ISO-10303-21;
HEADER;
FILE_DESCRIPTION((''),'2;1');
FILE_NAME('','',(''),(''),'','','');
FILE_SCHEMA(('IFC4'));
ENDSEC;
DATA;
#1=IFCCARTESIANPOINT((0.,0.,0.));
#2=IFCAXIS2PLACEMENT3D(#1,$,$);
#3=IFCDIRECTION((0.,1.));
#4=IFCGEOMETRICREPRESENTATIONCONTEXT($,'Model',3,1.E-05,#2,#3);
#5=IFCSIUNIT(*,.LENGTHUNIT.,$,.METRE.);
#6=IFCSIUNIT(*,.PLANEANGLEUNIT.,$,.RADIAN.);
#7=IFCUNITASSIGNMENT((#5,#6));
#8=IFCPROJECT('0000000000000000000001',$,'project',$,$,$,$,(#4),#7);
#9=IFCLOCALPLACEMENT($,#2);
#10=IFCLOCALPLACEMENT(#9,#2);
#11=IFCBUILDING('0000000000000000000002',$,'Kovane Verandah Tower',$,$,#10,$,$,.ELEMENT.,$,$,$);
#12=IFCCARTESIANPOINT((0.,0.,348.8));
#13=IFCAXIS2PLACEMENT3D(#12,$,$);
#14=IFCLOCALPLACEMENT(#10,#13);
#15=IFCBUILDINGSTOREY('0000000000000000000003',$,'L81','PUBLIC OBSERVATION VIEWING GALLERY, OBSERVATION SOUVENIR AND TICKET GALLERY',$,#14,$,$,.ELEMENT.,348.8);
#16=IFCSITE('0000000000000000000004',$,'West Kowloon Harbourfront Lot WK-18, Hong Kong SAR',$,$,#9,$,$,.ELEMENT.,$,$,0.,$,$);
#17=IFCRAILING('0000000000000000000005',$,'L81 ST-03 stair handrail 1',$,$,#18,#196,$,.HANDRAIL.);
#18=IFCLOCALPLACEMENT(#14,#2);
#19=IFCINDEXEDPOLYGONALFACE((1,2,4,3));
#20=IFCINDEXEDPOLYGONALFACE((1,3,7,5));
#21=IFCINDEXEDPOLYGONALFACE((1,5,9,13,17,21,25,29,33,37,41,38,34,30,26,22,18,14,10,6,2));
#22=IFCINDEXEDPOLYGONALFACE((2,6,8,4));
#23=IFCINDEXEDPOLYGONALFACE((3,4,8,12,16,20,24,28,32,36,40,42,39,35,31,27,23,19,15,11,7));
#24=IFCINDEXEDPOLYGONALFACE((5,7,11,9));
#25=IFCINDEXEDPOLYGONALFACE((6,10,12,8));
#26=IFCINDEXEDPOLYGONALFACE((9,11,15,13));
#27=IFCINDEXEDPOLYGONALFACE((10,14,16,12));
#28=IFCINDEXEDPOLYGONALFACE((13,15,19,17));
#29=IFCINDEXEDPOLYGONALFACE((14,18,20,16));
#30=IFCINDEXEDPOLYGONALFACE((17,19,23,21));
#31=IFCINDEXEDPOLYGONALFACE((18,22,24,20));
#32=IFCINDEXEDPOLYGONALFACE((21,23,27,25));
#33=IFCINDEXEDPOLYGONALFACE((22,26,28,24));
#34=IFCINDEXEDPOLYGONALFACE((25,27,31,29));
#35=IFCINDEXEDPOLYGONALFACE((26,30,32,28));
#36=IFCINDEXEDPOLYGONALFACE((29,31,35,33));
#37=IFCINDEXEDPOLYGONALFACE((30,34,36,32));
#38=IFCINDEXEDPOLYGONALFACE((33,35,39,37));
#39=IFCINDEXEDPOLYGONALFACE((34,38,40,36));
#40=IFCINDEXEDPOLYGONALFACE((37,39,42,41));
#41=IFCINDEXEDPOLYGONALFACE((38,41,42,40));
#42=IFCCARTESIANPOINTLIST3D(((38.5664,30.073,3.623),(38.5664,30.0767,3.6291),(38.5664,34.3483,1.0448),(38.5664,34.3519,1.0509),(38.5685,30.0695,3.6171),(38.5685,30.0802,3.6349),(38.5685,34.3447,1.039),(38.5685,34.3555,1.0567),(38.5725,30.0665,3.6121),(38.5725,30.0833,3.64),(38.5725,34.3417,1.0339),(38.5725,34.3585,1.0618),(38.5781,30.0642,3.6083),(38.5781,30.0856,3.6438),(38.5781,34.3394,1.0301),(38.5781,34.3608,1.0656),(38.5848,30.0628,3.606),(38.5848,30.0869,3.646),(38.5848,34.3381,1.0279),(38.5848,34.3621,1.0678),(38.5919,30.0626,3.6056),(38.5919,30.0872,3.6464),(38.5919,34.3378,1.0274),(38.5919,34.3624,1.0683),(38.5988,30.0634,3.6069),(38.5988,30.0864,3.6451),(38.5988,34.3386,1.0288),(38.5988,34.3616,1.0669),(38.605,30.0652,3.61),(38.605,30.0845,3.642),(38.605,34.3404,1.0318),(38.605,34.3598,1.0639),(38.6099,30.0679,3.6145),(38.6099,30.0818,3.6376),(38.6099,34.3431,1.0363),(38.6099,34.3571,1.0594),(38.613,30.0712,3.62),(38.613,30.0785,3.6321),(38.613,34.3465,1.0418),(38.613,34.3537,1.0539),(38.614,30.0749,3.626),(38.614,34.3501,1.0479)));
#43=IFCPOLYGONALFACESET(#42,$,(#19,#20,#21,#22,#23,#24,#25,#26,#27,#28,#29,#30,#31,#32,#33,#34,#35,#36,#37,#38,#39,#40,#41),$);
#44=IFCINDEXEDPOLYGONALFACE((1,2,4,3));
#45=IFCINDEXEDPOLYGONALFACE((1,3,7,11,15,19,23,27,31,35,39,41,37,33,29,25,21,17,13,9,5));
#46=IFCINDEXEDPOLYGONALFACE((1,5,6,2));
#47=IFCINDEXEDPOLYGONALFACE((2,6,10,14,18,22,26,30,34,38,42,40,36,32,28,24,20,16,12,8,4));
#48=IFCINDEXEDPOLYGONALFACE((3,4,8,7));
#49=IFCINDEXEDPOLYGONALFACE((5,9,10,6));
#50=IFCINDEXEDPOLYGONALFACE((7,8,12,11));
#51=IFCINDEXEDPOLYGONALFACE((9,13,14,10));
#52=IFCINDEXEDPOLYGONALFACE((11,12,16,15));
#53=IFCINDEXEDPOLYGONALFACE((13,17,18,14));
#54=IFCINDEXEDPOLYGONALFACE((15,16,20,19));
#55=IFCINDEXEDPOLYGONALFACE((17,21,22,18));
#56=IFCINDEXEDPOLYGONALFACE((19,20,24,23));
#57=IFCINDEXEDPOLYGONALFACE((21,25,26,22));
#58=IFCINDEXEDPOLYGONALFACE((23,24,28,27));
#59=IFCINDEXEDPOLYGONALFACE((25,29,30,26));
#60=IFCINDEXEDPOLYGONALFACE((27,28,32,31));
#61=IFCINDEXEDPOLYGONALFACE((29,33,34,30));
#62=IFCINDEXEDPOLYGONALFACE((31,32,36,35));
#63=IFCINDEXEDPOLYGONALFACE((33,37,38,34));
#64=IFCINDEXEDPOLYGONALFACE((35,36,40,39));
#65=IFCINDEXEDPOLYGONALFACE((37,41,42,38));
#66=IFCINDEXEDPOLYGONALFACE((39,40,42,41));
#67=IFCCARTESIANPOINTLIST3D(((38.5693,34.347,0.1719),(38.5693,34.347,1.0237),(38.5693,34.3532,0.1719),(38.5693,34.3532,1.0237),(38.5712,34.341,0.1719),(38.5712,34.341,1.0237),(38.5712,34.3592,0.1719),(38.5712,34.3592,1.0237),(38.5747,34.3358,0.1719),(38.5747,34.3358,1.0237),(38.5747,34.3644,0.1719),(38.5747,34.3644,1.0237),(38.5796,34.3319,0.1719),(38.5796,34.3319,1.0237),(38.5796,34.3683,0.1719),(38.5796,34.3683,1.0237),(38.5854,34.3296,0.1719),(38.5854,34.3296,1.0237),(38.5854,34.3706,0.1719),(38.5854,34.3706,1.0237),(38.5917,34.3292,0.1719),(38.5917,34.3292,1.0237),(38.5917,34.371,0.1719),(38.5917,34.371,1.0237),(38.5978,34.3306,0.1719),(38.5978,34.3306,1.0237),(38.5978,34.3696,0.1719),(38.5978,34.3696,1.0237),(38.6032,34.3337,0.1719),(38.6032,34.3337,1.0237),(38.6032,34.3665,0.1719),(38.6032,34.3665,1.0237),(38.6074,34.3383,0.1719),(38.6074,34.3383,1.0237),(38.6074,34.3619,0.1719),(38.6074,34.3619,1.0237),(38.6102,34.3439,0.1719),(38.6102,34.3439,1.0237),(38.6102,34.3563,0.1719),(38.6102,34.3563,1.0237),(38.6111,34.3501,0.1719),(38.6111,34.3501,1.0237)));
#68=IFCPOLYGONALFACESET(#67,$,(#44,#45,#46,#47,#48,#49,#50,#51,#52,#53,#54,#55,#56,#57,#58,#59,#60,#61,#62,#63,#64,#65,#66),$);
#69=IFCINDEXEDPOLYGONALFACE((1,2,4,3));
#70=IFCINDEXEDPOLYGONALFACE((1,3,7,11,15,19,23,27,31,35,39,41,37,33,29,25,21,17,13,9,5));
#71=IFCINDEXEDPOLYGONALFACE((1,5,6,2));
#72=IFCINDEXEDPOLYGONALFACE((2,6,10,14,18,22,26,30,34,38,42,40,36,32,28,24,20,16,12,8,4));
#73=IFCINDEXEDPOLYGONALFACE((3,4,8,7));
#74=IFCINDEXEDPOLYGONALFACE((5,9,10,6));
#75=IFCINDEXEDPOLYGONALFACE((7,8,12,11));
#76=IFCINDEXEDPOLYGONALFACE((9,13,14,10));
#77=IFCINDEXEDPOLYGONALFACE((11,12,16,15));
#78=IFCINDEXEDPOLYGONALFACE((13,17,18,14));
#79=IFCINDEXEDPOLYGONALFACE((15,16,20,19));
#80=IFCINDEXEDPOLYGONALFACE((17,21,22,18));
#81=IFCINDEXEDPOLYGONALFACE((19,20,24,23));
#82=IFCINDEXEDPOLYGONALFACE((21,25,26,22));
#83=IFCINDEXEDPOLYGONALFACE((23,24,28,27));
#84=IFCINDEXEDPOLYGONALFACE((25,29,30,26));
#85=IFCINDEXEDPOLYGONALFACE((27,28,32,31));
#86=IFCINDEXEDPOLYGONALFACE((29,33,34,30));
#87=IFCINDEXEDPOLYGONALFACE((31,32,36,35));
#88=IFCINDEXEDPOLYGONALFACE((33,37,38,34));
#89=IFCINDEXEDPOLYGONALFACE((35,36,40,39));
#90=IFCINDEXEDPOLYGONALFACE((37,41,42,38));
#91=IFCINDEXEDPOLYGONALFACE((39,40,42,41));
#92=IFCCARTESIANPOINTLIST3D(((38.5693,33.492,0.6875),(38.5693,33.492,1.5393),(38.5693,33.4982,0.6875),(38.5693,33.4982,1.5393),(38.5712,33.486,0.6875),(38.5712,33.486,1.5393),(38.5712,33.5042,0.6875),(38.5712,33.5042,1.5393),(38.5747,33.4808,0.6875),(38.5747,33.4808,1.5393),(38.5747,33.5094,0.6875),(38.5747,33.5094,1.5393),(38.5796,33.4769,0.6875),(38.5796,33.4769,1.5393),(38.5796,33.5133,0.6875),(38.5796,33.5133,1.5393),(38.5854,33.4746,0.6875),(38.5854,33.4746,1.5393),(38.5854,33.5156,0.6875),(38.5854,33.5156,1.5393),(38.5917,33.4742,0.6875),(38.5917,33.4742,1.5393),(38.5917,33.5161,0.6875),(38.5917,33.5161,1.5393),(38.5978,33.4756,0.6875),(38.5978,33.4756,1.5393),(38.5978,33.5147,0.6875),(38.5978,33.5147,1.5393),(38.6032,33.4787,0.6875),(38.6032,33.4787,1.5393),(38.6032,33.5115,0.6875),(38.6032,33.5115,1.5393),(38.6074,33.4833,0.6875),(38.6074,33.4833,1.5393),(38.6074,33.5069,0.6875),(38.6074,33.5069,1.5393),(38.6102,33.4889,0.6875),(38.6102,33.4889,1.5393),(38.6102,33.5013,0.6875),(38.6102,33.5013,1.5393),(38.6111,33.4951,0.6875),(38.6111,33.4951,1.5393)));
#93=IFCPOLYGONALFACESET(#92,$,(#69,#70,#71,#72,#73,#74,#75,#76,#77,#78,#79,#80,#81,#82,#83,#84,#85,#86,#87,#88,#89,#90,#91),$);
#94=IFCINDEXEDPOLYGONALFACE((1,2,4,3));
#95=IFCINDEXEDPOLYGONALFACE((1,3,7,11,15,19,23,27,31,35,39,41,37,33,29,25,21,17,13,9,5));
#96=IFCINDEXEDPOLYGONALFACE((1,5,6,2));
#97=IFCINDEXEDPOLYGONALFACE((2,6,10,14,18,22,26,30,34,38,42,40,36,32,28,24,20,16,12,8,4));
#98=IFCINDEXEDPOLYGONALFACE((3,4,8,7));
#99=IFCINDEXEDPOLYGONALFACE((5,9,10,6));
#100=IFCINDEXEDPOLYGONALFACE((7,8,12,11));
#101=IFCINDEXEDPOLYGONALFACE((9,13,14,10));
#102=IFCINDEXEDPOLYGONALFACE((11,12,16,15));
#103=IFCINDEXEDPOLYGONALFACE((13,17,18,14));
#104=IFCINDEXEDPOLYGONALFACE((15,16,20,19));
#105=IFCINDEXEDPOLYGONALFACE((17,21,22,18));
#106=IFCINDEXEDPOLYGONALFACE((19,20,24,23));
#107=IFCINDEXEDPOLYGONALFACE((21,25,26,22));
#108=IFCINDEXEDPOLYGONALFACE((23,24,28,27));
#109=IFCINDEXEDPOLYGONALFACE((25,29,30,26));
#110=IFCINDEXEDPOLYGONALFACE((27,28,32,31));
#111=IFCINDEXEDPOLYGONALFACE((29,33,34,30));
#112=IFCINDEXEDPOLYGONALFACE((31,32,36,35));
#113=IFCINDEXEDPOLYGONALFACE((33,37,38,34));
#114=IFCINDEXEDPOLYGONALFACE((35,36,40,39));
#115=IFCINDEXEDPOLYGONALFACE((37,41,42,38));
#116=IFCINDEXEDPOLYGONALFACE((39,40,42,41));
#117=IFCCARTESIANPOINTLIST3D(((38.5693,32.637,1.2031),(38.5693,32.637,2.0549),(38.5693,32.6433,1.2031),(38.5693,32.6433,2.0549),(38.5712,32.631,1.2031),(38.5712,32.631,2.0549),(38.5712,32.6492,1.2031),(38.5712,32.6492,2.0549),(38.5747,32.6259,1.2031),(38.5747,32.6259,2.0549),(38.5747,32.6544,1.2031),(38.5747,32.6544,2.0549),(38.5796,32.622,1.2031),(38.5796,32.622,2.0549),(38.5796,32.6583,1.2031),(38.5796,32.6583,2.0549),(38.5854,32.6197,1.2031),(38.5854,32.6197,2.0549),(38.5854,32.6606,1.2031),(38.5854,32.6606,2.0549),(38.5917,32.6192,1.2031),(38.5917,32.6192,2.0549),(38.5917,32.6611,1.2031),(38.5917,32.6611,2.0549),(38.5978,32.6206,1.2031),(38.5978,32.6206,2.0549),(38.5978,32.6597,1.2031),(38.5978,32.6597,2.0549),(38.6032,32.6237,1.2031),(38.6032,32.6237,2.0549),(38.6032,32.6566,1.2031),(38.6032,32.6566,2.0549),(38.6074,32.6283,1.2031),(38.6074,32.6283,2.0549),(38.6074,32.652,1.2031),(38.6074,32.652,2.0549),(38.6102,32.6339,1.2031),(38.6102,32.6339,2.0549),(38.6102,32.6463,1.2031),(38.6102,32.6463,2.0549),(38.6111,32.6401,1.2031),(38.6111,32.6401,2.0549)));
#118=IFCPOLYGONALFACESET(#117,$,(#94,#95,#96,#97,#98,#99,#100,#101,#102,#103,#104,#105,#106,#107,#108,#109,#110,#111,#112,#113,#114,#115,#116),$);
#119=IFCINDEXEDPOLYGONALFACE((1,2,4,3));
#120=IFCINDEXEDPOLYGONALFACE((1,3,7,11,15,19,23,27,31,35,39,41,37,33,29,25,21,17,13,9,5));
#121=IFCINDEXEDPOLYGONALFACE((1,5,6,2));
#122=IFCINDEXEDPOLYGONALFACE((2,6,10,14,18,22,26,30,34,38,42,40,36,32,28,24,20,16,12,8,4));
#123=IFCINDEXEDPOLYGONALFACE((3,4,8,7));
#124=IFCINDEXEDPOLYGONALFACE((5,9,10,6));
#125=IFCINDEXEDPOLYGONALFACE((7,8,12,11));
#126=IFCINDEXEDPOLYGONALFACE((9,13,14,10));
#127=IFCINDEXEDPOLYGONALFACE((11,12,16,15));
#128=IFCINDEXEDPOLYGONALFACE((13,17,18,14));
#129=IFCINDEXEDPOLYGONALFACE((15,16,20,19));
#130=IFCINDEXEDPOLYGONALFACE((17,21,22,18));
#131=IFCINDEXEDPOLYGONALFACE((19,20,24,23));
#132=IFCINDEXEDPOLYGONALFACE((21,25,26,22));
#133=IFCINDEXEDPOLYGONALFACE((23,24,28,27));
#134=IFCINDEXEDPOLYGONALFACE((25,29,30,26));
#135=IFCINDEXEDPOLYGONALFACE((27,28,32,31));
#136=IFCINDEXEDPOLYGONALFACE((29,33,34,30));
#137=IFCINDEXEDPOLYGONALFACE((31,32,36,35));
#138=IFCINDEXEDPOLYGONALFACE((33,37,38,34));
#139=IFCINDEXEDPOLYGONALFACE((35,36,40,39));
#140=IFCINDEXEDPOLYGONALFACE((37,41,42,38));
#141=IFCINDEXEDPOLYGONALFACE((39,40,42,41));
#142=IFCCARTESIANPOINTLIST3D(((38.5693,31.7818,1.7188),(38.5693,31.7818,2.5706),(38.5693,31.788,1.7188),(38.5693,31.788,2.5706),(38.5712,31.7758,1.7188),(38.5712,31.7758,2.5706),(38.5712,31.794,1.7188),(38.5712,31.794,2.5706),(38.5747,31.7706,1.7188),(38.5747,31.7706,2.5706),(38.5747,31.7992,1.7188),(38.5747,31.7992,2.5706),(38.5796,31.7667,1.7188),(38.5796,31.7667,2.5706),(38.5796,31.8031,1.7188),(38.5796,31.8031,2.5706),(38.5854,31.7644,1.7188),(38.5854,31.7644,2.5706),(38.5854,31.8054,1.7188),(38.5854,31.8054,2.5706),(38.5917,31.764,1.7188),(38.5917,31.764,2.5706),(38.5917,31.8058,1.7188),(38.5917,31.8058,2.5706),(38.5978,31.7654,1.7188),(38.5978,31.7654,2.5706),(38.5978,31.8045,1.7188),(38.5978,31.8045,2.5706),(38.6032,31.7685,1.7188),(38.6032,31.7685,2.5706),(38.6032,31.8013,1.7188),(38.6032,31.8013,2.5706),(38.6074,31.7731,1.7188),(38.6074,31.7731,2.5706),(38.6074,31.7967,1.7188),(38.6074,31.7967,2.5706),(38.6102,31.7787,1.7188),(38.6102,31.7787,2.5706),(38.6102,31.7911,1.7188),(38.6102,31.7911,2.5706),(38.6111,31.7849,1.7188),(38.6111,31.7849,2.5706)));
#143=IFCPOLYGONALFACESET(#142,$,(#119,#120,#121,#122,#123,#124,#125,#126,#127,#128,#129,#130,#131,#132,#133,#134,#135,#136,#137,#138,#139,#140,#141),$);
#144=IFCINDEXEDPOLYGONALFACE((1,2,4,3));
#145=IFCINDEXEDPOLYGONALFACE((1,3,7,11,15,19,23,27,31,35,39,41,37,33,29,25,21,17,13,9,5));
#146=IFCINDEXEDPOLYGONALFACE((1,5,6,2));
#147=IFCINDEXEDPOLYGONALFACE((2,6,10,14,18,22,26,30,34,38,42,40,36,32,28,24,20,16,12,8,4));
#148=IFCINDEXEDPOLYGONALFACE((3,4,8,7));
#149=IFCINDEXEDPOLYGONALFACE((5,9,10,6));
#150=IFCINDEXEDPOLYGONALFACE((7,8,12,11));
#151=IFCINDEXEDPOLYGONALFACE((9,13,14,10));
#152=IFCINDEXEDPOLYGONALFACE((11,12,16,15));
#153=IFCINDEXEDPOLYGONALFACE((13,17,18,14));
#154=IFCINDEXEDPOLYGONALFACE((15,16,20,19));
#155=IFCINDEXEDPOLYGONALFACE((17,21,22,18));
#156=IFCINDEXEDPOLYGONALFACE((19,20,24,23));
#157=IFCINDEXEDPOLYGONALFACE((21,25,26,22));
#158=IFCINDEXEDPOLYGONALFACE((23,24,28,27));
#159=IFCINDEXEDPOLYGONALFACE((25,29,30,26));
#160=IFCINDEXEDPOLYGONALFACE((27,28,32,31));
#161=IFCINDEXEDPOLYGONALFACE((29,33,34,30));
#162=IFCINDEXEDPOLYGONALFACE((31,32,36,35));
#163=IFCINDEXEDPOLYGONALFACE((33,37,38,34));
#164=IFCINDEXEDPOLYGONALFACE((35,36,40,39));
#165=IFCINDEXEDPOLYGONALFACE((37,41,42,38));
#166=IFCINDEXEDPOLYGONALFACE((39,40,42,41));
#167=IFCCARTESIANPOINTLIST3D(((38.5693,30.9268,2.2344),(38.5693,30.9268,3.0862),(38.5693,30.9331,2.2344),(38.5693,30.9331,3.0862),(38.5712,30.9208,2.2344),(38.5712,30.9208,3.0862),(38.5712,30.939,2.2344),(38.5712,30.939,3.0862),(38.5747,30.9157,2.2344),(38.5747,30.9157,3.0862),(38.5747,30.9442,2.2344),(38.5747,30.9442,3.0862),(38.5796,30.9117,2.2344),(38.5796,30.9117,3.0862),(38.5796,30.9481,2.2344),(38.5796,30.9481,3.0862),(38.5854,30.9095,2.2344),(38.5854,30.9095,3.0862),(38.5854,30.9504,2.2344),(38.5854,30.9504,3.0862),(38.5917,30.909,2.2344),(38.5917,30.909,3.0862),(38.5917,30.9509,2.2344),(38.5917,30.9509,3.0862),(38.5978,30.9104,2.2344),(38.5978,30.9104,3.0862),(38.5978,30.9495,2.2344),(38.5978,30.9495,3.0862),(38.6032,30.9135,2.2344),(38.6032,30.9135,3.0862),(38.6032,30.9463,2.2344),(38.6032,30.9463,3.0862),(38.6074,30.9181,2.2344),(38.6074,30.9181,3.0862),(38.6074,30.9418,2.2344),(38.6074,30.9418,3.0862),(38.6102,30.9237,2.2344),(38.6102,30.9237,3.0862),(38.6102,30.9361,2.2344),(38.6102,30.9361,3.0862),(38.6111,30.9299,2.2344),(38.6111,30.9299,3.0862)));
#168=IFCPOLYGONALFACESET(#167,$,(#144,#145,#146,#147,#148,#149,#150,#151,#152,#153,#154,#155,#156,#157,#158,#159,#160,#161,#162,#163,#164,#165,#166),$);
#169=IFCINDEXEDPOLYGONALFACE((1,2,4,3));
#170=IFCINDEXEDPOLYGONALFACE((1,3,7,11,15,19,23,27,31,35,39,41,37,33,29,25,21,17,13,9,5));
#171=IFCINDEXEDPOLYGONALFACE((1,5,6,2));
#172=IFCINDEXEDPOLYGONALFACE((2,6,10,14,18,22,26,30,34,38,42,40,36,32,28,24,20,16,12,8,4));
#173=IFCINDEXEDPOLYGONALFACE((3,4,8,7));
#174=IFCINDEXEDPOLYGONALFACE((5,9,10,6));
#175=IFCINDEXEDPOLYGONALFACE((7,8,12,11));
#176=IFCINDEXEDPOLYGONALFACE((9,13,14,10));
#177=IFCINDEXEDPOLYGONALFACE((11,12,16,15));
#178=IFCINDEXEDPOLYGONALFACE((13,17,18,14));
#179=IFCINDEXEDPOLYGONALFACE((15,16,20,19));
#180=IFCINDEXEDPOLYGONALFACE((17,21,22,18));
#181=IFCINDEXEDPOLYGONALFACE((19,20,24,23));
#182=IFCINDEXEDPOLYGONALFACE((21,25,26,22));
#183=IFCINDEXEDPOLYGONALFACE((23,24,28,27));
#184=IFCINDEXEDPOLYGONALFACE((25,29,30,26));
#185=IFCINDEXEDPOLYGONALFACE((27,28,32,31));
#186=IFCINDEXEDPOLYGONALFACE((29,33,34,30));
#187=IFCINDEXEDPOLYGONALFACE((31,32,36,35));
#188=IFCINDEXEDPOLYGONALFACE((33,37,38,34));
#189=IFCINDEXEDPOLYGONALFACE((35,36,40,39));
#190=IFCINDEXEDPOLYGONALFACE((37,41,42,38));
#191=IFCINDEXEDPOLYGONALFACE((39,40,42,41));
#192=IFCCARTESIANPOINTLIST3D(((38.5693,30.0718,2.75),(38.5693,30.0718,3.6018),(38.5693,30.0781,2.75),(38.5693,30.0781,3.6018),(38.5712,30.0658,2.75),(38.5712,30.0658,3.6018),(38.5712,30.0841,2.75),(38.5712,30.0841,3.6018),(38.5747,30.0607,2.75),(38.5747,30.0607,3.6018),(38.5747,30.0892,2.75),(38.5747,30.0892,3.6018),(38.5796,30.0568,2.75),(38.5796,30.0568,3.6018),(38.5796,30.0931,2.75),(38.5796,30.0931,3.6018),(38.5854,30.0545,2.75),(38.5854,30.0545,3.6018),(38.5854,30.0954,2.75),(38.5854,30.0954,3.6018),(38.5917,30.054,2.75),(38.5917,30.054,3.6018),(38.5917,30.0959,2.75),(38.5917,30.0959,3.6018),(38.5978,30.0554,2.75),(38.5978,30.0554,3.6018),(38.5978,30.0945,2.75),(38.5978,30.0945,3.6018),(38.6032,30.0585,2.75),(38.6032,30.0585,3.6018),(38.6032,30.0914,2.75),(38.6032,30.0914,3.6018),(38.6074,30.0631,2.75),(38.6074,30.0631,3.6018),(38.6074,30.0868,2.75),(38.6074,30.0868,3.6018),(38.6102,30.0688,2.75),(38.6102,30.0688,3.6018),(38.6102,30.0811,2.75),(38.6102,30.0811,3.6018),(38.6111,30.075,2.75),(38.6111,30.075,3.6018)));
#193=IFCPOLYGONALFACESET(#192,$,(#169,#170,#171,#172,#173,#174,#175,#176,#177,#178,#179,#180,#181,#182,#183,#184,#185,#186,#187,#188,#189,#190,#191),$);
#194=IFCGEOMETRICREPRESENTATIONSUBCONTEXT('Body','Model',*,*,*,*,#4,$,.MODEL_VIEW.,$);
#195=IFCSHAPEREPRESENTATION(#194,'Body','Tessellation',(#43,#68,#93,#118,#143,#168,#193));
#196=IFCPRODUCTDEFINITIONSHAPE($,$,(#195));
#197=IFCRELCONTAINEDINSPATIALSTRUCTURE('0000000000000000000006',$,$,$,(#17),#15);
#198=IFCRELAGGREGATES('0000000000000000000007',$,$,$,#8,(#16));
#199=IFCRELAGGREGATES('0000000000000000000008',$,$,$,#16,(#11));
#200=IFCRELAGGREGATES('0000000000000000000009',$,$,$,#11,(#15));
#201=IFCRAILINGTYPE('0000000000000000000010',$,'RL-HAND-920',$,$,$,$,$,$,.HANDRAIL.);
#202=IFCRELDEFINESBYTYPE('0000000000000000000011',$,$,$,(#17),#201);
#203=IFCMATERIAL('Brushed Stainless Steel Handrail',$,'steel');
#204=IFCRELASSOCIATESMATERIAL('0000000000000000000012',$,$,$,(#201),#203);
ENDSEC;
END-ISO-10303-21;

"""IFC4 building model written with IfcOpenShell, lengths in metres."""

from ifc_helpers import new_model, si_unit, direction, frame, origin, origin_2d, place, context, subcontext, project, spatial, circle, extrude, material, type_object, element, save


model = new_model("IFC4")

# Units and contexts
model_context = context("Model", 3, precision=1e-05, world=origin(), true_north=direction((0.0, 1.0)))
body_context = subcontext(model_context, "Body", "Model", "MODEL_VIEW")
ifc_project = project(units=[si_unit("LENGTHUNIT", "METRE"), si_unit("PLANEANGLEUNIT", "RADIAN")], contexts=[model_context])

# Site, building, storey
site_placement = place(None, origin())
site = spatial("IfcSite", under=ifc_project, at=site_placement, Name="West Kowloon Harbourfront Lot WK-18, Hong Kong SAR", CompositionType="ELEMENT", RefElevation=0.0)
building_placement = place(site_placement, origin())
building = spatial("IfcBuilding", under=site, at=building_placement, Name="Kovane Verandah Tower", CompositionType="ELEMENT")
storey_placement = place(building_placement, frame((0.0, 0.0, 348.8)))
storey = spatial("IfcBuildingStorey", under=building, at=storey_placement, Name="L81", Description="PUBLIC OBSERVATION VIEWING GALLERY, OBSERVATION SOUVENIR AND TICKET GALLERY", CompositionType="ELEMENT", Elevation=348.8)

# Railing
ifc_material_1 = material(Name="Brushed Stainless Steel Handrail", Category="steel")
railing_type_1 = type_object("IfcRailingType", Name="RL-HAND-920", PredefinedType="HANDRAIL", material=ifc_material_1)
railing_1_placement = place(storey_placement, frame((38.5901, 34.3501, 0.1719)))
element("IfcRailing", 1, at=railing_1_placement, inside=storey, type_object=railing_type_1, Name="L81 ST-03 stair handrail 1", PredefinedType="HANDRAIL", context=body_context, shape_type="SweptSolid", body=[
    extrude(circle(Radius=0.0239, at=origin_2d()), frame((0.0, 0.0, 0.876), z_axis=(0.0, -0.856339, 0.516415), x_axis=(1.0, 0.0, 0.0)), (0.0, 0.0, 1.0), 4.9924),
    extrude(circle(Radius=0.021, at=origin_2d()), origin(), (0.0, 0.0, 1.0), 0.8518),
    extrude(circle(Radius=0.021, at=origin_2d()), frame((0.0, -0.855, 0.5156)), (0.0, 0.0, 1.0), 0.8518),
    extrude(circle(Radius=0.021, at=origin_2d()), frame((0.0, -1.71, 1.0312)), (0.0, 0.0, 1.0), 0.8518),
    extrude(circle(Radius=0.021, at=origin_2d()), frame((0.0, -2.5652, 1.5469)), (0.0, 0.0, 1.0), 0.8518),
    extrude(circle(Radius=0.021, at=origin_2d()), frame((0.0, -3.4202, 2.0625)), (0.0, 0.0, 1.0), 0.8518),
    extrude(circle(Radius=0.021, at=origin_2d()), frame((0.0, -4.2751, 2.5781)), (0.0, 0.0, 1.0), 0.8518),
])

save(model, "model.ifc")
